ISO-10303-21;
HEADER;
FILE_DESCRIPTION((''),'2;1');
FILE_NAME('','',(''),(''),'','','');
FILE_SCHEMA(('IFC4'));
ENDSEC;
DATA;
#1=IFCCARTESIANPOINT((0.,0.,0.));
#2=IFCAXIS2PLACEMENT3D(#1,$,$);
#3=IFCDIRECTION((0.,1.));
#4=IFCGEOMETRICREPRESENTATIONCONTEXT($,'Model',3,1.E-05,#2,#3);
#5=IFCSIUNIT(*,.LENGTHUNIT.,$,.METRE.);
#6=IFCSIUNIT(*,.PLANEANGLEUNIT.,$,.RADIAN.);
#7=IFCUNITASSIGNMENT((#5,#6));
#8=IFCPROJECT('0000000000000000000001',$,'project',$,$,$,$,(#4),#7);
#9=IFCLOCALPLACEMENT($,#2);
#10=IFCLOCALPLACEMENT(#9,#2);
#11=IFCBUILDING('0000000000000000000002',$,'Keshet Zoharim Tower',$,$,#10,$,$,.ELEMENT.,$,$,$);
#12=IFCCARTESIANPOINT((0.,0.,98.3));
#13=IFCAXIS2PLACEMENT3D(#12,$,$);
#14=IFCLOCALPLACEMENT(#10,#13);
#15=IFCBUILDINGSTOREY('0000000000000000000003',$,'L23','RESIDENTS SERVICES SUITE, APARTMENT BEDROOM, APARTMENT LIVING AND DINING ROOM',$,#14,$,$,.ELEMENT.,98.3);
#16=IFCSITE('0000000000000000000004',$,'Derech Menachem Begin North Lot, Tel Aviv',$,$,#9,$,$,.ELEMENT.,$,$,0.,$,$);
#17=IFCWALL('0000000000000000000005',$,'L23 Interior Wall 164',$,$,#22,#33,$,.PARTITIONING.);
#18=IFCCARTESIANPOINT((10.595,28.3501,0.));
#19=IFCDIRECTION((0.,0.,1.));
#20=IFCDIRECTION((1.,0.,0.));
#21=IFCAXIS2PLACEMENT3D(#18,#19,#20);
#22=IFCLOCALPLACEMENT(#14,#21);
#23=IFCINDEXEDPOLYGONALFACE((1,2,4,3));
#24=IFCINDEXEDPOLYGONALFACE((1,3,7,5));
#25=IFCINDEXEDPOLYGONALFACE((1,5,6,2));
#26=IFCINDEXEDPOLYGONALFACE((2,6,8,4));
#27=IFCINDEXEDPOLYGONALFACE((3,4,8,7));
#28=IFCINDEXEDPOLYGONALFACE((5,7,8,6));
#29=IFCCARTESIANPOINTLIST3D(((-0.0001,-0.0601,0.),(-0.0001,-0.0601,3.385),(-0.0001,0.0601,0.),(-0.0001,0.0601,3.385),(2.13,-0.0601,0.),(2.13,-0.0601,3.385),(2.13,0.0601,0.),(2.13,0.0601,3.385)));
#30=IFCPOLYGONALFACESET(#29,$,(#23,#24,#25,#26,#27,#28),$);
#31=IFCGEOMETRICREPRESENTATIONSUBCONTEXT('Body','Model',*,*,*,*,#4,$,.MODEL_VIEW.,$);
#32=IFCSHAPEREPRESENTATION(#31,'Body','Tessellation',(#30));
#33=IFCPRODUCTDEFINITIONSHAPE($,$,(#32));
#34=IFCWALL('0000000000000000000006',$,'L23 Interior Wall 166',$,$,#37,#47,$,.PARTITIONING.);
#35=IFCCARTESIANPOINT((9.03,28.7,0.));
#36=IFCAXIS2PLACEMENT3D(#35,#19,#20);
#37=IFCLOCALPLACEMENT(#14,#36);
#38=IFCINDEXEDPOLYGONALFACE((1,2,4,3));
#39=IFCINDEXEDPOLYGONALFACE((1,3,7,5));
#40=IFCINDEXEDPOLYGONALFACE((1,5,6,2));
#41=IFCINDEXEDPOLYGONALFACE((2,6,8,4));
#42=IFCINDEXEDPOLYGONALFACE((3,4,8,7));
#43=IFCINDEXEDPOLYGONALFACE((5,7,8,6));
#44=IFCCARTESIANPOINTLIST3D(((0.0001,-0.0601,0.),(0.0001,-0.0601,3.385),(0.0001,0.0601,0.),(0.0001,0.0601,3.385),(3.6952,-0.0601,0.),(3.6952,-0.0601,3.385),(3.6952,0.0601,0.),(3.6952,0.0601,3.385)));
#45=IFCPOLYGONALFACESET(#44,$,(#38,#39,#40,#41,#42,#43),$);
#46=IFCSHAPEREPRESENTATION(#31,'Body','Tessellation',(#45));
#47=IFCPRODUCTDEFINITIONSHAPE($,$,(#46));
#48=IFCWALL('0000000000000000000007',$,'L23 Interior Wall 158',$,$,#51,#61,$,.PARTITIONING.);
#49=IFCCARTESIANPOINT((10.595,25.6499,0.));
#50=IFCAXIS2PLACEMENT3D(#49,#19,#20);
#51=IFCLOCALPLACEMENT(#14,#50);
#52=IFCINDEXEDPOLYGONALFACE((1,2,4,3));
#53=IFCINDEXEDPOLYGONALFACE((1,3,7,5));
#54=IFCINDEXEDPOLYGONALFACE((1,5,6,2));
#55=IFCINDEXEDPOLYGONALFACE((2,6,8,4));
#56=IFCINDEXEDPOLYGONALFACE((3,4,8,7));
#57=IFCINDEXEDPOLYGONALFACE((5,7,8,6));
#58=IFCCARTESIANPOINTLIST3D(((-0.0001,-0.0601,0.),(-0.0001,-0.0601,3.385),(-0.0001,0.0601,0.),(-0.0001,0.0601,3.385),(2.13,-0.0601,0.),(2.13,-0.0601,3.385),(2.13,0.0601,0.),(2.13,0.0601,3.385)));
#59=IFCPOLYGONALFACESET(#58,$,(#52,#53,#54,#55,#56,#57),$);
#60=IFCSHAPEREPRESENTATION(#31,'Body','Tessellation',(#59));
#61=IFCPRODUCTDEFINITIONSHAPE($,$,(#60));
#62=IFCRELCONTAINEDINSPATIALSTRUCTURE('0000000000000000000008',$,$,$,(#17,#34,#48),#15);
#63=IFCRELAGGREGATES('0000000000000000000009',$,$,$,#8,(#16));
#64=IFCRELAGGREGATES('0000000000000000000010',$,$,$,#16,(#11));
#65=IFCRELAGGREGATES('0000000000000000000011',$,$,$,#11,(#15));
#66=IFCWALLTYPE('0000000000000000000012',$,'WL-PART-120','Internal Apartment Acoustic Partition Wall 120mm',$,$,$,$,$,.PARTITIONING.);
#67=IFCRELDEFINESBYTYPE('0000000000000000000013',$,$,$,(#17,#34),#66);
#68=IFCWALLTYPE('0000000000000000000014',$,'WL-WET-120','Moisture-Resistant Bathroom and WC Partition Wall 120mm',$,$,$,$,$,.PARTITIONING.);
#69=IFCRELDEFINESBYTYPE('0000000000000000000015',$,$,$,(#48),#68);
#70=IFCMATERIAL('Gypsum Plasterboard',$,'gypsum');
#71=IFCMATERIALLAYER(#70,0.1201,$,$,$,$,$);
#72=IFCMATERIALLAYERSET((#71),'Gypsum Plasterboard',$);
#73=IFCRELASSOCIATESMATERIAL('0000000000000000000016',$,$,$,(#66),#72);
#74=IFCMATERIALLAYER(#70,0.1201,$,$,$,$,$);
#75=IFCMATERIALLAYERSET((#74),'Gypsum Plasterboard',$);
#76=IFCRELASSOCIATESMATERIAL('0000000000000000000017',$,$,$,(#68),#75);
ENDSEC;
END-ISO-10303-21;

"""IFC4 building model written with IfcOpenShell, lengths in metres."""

from ifc_helpers import new_model, si_unit, direction, frame, frame_2d, origin, place, context, subcontext, project, spatial, rectangle, extrude, material, layer, layer_set, type_object, element, save


model = new_model("IFC4")

# Units and contexts
model_context = context("Model", 3, precision=1e-05, world=origin(), true_north=direction((0.0, 1.0)))
body_context = subcontext(model_context, "Body", "Model", "MODEL_VIEW")
ifc_project = project(units=[si_unit("LENGTHUNIT", "METRE"), si_unit("PLANEANGLEUNIT", "RADIAN")], contexts=[model_context])

# Site, building, storey
site_placement = place(None, origin())
site = spatial("IfcSite", under=ifc_project, at=site_placement, Name="Derech Menachem Begin North Lot, Tel Aviv", CompositionType="ELEMENT", RefElevation=0.0)
building_placement = place(site_placement, origin())
building = spatial("IfcBuilding", under=site, at=building_placement, Name="Keshet Zoharim Tower", CompositionType="ELEMENT")
storey_placement = place(building_placement, frame((0.0, 0.0, 98.3)))
storey = spatial("IfcBuildingStorey", under=building, at=storey_placement, Name="L23", Description="RESIDENTS SERVICES SUITE, APARTMENT BEDROOM, APARTMENT LIVING AND DINING ROOM", CompositionType="ELEMENT", Elevation=98.3)

# Shared definitions
ifc_material_1 = material(Name="Gypsum Plasterboard", Category="gypsum")

# Shared definitions
ifc_layer_1 = layer(ifc_material_1, 0.1201)
ifc_layer_set_1 = layer_set([ifc_layer_1], Name="Gypsum Plasterboard")
wall_type_1 = type_object("IfcWallType", Name="WL-PART-120", Description="Internal Apartment Acoustic Partition Wall 120mm", PredefinedType="PARTITIONING", material=ifc_layer_set_1)

# Walls
wall_1_placement = place(storey_placement, frame((10.595, 28.3501, 0.0), z_axis=(0.0, 0.0, 1.0), x_axis=(1.0, 0.0, 0.0)))
element("IfcWall", 1, at=wall_1_placement, inside=storey, type_object=wall_type_1, Name="L23 Interior Wall 164", PredefinedType="PARTITIONING", context=body_context, shape_type="SweptSolid", body=[
    extrude(rectangle(XDim=2.1301, YDim=0.1201, at=frame_2d((1.0649, 0.0))), origin(), (0.0, 0.0, 1.0), 3.385),
])
wall_2_placement = place(storey_placement, frame((9.03, 28.7, 0.0), z_axis=(0.0, 0.0, 1.0), x_axis=(1.0, 0.0, 0.0)))
element("IfcWall", 2, at=wall_2_placement, inside=storey, type_object=wall_type_1, Name="L23 Interior Wall 166", PredefinedType="PARTITIONING", context=body_context, shape_type="SweptSolid", body=[
    extrude(rectangle(XDim=3.6951, YDim=0.1201, at=frame_2d((1.8477, 0.0))), origin(), (0.0, 0.0, 1.0), 3.385),
])

# Wall
ifc_layer_2 = layer(ifc_material_1, 0.1201)
ifc_layer_set_2 = layer_set([ifc_layer_2], Name="Gypsum Plasterboard")
wall_type_2 = type_object("IfcWallType", Name="WL-WET-120", Description="Moisture-Resistant Bathroom and WC Partition Wall 120mm", PredefinedType="PARTITIONING", material=ifc_layer_set_2)
wall_3_placement = place(storey_placement, frame((10.595, 25.6499, 0.0), z_axis=(0.0, 0.0, 1.0), x_axis=(1.0, 0.0, 0.0)))
element("IfcWall", 3, at=wall_3_placement, inside=storey, type_object=wall_type_2, Name="L23 Interior Wall 158", PredefinedType="PARTITIONING", context=body_context, shape_type="SweptSolid", body=[
    extrude(rectangle(XDim=2.1301, YDim=0.1201, at=frame_2d((1.0649, 0.0))), origin(), (0.0, 0.0, 1.0), 3.385),
])

save(model, "model.ifc")
